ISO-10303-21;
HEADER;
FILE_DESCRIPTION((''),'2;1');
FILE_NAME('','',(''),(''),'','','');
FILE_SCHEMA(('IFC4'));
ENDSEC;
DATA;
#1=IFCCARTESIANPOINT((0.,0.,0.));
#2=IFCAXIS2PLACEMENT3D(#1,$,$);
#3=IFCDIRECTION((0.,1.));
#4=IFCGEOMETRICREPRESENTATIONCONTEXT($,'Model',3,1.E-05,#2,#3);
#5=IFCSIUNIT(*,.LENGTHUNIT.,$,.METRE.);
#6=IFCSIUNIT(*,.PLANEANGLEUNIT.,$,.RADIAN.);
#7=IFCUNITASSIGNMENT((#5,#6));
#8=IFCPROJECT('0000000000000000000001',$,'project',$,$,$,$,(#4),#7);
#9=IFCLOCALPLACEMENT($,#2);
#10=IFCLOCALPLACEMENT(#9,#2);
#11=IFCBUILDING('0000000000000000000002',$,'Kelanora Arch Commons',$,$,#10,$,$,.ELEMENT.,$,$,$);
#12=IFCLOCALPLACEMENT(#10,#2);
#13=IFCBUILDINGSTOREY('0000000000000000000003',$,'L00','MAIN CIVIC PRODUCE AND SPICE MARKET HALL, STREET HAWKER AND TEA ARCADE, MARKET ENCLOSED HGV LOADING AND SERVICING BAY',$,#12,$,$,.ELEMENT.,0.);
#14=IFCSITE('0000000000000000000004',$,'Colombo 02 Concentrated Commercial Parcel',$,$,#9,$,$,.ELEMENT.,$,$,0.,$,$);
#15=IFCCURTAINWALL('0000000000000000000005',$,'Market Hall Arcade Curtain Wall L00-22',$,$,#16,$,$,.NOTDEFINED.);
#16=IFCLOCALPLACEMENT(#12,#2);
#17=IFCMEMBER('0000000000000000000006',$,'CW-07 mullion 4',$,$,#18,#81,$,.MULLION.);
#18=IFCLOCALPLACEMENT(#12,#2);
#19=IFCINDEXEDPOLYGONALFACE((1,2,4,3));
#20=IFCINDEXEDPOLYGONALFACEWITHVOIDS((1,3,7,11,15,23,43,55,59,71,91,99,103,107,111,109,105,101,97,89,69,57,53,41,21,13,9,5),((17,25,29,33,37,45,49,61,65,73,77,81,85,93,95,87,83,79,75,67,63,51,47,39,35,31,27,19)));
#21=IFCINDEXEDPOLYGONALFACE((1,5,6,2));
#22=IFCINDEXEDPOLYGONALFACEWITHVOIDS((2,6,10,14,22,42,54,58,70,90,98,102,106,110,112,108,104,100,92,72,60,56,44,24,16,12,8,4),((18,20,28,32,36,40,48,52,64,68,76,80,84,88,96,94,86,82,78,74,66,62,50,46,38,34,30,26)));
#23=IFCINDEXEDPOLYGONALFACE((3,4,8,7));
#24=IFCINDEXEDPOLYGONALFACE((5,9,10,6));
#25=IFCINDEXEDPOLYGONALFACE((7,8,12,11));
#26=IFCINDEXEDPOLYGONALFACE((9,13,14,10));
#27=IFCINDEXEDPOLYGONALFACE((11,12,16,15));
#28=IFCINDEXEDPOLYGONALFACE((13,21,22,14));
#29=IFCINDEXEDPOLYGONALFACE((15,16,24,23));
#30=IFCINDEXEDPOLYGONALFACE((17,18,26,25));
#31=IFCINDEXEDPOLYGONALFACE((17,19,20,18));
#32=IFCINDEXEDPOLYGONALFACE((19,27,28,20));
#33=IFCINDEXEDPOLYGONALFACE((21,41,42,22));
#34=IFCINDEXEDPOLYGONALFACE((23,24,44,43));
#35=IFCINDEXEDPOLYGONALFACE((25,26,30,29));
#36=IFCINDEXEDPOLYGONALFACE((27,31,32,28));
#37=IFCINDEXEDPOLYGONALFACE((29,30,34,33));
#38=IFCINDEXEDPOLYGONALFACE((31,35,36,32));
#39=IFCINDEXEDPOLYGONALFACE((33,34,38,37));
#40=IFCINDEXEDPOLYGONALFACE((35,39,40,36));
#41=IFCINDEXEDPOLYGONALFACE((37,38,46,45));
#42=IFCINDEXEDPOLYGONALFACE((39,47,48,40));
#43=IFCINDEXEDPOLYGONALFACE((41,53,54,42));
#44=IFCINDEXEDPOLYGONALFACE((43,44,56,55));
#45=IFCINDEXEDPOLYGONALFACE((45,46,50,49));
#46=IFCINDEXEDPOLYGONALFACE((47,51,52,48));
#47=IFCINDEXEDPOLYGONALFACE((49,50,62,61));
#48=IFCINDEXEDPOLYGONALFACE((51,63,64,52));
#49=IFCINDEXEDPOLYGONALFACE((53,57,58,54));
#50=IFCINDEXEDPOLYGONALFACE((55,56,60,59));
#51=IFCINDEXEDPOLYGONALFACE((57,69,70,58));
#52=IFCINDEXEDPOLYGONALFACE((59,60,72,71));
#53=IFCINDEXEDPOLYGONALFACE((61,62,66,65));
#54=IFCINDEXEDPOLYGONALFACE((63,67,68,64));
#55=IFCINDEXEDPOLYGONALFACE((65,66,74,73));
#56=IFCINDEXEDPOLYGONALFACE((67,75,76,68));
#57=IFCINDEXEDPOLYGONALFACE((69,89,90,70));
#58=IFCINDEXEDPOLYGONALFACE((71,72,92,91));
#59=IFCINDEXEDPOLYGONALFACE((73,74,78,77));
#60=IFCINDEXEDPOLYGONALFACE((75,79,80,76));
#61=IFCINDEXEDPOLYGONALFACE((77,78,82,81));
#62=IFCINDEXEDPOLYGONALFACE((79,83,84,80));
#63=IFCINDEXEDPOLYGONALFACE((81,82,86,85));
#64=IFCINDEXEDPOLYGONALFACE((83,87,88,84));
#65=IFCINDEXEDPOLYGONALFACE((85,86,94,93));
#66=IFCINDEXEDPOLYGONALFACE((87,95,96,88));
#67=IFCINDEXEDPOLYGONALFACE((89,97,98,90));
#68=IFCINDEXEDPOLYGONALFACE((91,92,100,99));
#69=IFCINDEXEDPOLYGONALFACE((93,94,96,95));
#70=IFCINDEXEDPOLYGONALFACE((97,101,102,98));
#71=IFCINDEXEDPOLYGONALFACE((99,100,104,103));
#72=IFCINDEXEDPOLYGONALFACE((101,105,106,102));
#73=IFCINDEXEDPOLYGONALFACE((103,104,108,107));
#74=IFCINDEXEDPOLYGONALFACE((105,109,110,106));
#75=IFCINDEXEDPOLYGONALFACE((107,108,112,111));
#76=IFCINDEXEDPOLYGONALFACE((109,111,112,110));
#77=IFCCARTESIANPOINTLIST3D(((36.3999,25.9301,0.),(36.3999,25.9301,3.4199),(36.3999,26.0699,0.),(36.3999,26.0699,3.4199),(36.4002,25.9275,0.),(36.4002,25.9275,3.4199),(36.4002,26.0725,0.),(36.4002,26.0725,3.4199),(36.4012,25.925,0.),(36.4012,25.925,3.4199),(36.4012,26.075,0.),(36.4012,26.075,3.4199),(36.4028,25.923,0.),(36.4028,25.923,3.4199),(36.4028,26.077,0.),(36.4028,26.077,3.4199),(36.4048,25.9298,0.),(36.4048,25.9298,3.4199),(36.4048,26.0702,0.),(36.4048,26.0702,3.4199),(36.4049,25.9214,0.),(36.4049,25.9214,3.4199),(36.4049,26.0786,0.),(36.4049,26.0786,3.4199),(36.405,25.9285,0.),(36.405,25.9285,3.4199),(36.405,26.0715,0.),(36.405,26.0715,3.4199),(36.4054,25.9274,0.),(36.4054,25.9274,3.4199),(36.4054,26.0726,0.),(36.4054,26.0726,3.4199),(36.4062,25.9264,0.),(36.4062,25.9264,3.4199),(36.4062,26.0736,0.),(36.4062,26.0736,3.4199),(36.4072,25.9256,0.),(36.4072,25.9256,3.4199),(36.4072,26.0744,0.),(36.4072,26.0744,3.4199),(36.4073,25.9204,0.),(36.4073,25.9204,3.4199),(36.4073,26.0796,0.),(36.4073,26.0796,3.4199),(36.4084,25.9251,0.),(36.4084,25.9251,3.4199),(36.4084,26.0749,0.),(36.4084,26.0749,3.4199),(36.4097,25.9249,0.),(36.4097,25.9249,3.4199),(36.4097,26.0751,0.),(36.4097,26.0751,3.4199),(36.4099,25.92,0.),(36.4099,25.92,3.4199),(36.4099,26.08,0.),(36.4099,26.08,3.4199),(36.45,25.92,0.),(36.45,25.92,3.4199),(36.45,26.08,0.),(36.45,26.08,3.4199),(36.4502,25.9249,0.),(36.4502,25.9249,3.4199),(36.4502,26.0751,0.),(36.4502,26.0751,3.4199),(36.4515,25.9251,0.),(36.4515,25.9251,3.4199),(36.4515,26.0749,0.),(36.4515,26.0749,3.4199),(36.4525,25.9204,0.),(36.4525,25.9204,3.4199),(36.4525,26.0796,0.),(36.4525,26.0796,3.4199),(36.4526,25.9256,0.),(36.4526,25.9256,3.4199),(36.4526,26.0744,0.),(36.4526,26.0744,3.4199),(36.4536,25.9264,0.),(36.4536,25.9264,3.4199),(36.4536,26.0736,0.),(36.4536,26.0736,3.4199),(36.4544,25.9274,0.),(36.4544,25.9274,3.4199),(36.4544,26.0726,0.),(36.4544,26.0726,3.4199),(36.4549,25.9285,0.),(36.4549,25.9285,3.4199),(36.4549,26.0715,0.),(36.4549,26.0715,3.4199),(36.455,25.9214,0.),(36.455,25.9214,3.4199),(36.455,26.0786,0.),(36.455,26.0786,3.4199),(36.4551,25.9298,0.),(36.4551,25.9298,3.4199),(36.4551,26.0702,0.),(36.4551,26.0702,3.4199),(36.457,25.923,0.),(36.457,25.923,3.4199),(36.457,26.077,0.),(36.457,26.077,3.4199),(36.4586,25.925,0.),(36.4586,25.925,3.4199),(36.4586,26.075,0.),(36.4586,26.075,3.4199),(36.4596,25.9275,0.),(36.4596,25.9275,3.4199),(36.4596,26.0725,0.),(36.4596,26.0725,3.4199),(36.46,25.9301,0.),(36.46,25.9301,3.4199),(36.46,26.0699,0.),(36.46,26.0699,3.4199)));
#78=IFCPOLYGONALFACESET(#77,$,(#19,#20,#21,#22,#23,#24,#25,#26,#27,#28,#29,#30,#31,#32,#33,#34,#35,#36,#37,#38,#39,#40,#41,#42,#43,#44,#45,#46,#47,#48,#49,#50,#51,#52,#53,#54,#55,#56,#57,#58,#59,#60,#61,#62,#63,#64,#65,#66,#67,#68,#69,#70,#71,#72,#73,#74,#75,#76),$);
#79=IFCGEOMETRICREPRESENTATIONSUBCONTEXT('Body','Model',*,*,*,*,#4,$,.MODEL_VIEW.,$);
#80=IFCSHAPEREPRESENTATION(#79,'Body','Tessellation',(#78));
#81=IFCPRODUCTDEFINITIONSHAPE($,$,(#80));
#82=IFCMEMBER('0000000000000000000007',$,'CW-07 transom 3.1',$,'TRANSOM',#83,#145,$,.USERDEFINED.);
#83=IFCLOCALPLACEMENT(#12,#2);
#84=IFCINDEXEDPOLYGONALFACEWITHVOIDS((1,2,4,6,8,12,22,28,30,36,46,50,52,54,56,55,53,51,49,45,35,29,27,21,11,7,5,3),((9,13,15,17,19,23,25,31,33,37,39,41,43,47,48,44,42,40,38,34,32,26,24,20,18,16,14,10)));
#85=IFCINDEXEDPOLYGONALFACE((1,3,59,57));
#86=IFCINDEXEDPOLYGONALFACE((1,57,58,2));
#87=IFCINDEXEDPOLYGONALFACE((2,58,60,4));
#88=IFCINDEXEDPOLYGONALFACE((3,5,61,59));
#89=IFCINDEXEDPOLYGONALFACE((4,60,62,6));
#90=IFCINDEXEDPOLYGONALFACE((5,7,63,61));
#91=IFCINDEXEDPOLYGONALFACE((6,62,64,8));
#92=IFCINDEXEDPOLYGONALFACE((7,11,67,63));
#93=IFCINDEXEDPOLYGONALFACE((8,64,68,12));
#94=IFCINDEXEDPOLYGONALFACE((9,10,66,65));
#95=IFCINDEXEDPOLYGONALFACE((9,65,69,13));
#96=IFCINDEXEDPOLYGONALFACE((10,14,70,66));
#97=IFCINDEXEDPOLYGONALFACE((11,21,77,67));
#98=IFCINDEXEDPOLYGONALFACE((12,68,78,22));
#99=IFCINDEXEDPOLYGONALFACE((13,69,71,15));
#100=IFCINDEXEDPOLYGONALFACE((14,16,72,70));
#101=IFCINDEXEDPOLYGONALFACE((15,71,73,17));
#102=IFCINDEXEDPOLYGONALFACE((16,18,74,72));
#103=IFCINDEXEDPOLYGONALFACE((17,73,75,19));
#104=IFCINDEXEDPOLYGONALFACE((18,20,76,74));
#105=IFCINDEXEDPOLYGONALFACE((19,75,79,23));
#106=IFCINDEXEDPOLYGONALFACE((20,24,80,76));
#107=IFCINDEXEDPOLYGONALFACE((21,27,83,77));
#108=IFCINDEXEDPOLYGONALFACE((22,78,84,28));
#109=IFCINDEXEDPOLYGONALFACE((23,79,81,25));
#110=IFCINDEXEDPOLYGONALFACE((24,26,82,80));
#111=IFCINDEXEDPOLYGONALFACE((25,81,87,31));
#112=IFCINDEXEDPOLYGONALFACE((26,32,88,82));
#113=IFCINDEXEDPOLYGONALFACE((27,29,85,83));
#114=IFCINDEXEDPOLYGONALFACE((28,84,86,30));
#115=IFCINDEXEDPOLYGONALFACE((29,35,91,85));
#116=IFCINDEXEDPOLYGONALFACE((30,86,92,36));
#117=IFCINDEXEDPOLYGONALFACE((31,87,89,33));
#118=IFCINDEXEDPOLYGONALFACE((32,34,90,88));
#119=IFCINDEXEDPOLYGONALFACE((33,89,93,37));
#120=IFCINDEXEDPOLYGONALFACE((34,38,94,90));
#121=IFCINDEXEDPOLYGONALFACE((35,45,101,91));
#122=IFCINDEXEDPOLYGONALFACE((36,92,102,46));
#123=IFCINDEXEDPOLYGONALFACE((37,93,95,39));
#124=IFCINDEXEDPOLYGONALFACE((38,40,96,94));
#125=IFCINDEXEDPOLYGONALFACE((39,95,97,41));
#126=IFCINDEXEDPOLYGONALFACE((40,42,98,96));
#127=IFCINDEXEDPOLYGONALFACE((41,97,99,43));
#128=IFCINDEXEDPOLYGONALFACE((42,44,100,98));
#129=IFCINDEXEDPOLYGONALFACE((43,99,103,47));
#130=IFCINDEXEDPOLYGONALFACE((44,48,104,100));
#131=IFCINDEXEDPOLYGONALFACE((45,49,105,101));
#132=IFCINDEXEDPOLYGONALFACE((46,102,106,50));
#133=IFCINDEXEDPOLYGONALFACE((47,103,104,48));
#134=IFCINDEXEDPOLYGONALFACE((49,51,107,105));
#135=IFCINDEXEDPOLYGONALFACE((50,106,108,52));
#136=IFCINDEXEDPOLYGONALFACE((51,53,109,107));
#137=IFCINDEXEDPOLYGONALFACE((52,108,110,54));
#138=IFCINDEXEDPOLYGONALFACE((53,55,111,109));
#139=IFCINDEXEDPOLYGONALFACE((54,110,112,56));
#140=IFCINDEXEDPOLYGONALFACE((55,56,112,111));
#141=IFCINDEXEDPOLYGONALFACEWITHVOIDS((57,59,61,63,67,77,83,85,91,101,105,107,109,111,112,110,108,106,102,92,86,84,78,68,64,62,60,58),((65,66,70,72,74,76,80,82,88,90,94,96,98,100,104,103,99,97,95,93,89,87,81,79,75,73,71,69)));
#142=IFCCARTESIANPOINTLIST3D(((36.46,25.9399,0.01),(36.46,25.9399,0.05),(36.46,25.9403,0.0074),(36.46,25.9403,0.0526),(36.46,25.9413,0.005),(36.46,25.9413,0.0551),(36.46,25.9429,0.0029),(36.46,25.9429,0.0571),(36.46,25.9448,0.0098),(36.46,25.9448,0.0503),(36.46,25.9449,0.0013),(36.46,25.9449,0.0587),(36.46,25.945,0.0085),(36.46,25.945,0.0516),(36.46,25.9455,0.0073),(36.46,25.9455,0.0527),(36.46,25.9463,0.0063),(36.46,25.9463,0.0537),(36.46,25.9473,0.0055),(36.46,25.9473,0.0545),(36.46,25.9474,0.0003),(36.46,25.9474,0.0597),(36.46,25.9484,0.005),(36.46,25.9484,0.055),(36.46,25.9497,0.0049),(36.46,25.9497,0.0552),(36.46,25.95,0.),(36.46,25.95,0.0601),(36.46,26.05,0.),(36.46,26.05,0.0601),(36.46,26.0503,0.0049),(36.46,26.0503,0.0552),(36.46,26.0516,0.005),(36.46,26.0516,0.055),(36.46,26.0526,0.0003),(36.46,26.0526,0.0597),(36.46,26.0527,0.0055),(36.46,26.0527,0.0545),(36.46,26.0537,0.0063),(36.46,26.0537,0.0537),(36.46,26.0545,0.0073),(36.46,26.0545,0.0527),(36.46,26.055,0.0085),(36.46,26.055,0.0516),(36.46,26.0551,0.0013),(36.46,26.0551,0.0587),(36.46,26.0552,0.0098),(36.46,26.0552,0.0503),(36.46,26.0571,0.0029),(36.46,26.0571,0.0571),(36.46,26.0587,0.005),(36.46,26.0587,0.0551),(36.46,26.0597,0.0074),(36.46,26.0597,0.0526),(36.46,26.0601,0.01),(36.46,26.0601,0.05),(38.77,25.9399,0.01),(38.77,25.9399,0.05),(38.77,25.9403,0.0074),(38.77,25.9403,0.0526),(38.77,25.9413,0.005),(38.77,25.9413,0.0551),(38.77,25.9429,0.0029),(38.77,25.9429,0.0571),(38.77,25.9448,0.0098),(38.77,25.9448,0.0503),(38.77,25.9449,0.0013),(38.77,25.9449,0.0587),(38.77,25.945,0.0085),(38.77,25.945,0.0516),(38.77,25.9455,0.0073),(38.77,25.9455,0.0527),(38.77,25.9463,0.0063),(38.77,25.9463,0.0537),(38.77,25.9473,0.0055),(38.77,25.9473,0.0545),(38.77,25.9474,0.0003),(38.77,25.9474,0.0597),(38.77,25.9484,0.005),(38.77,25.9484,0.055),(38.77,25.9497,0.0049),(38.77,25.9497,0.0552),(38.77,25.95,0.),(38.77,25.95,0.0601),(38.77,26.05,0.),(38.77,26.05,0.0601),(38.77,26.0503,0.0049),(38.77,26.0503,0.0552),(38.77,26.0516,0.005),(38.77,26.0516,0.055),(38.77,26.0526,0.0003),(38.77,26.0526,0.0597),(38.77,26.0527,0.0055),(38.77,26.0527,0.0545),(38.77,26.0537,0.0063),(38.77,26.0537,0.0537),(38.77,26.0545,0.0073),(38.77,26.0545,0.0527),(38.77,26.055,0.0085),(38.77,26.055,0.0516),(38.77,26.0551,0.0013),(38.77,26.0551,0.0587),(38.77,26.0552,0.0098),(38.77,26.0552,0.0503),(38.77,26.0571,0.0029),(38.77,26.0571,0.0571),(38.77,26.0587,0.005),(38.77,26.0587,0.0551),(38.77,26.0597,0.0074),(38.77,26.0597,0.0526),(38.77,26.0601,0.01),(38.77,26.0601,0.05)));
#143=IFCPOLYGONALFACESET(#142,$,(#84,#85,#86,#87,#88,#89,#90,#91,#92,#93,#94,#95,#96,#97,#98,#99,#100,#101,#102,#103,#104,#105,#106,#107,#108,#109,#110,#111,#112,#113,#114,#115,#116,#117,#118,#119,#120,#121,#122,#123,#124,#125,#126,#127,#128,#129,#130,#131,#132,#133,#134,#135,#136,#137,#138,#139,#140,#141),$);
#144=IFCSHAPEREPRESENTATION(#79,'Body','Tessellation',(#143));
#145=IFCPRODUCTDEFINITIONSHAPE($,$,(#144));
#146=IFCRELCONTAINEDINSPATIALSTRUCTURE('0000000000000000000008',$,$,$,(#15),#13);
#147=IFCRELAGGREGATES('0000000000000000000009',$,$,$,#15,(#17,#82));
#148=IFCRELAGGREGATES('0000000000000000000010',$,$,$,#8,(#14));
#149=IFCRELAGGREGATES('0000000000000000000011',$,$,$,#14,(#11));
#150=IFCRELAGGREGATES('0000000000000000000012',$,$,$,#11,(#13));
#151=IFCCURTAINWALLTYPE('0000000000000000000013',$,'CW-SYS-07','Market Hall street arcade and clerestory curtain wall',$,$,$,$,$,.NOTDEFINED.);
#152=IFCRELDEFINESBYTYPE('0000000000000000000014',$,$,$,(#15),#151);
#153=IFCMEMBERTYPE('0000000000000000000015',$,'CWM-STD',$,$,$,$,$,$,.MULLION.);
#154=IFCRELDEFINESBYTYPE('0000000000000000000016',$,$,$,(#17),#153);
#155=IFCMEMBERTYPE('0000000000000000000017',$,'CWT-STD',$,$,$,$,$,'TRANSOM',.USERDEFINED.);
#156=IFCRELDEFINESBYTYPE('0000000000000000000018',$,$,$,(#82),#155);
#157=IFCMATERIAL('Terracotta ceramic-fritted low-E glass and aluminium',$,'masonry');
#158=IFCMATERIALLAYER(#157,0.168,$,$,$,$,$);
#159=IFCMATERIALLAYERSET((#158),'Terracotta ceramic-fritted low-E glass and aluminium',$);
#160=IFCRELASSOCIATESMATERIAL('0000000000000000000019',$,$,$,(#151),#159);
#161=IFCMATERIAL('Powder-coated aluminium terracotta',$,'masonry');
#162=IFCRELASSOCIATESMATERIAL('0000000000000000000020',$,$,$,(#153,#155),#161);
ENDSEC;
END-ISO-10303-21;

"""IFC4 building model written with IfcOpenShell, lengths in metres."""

from ifc_helpers import new_model, si_unit, direction, frame, origin, origin_2d, place, context, subcontext, project, spatial, hollow_rectangle, extrude, material, layer, layer_set, material_profile, profile_set, type_object, element, aggregate, save


model = new_model("IFC4")

# Units and contexts
model_context = context("Model", 3, precision=1e-05, world=origin(), true_north=direction((0.0, 1.0)))
body_context = subcontext(model_context, "Body", "Model", "MODEL_VIEW")
ifc_project = project(units=[si_unit("LENGTHUNIT", "METRE"), si_unit("PLANEANGLEUNIT", "RADIAN")], contexts=[model_context])

# Site, building, storey
site_placement = place(None, origin())
site = spatial("IfcSite", under=ifc_project, at=site_placement, Name="Colombo 02 Concentrated Commercial Parcel", CompositionType="ELEMENT", RefElevation=0.0)
building_placement = place(site_placement, origin())
building = spatial("IfcBuilding", under=site, at=building_placement, Name="Kelanora Arch Commons", CompositionType="ELEMENT")
storey_placement = place(building_placement, origin())
storey = spatial("IfcBuildingStorey", under=building, at=storey_placement, Name="L00", Description="MAIN CIVIC PRODUCE AND SPICE MARKET HALL, STREET HAWKER AND TEA ARCADE, MARKET ENCLOSED HGV LOADING AND SERVICING BAY", CompositionType="ELEMENT", Elevation=0.0)

# Curtain wall, members
ifc_material_1 = material(Name="Terracotta ceramic-fritted low-E glass and aluminium", Category="masonry")
ifc_layer_1 = layer(ifc_material_1, 0.168)
ifc_layer_set_1 = layer_set([ifc_layer_1], Name="Terracotta ceramic-fritted low-E glass and aluminium")
curtain_wall_type = type_object("IfcCurtainWallType", Name="CW-SYS-07", Description="Market Hall street arcade and clerestory curtain wall", PredefinedType="NOTDEFINED", material=ifc_layer_set_1)
curtain_wall_placement = place(storey_placement, origin())
curtain_wall = element("IfcCurtainWall", 1, at=curtain_wall_placement, inside=storey, type_object=curtain_wall_type, Name="Market Hall Arcade Curtain Wall L00-22", PredefinedType="NOTDEFINED")
ifc_material_2 = material(Name="Powder-coated aluminium terracotta", Category="masonry")
ifc_material_profile_1 = material_profile(ifc_material_2, hollow_rectangle(XDim=0.1599, YDim=0.0601, WallThickness=0.0049, InnerFilletRadius=0.0049, OuterFilletRadius=0.01, at=origin_2d()), Name="CWM160x60")
ifc_profile_set_1 = profile_set([ifc_material_profile_1], Name="Powder-coated aluminium terracotta")
member_type_1 = type_object("IfcMemberType", Name="CWM-STD", PredefinedType="MULLION", material=ifc_profile_set_1)
member_1_placement = place(storey_placement, frame((36.4299, 26.0, 0.0), z_axis=(0.0, 0.0, 1.0), x_axis=(0.0, -1.0, 0.0)))
member_1 = element("IfcMember", 2, at=member_1_placement, type_object=member_type_1, Name="CW-07 mullion 4", PredefinedType="MULLION", context=body_context, shape_type="SweptSolid", body=[
    extrude(hollow_rectangle(XDim=0.1599, YDim=0.0601, WallThickness=0.0049, InnerFilletRadius=0.0049, OuterFilletRadius=0.01, at=origin_2d()), origin(), (0.0, 0.0, 1.0), 3.4199),
])
ifc_material_profile_2 = material_profile(ifc_material_2, hollow_rectangle(XDim=0.1201, YDim=0.0601, WallThickness=0.0049, InnerFilletRadius=0.0049, OuterFilletRadius=0.01, at=origin_2d()), Name="CWT120x60")
ifc_profile_set_2 = profile_set([ifc_material_profile_2], Name="Powder-coated aluminium terracotta")
member_type_2 = type_object("IfcMemberType", Name="CWT-STD", ElementType="TRANSOM", PredefinedType="USERDEFINED", material=ifc_profile_set_2)
member_2_placement = place(storey_placement, frame((38.77, 26.0, 0.03), z_axis=(-1.0, 0.0, 0.0), x_axis=(0.0, -1.0, 0.0)))
member_2 = element("IfcMember", 3, at=member_2_placement, type_object=member_type_2, Name="CW-07 transom 3.1", ObjectType="TRANSOM", PredefinedType="USERDEFINED", context=body_context, shape_type="SweptSolid", body=[
    extrude(hollow_rectangle(XDim=0.1201, YDim=0.0601, WallThickness=0.0049, InnerFilletRadius=0.0049, OuterFilletRadius=0.01, at=origin_2d()), origin(), (0.0, 0.0, 1.0), 2.3101),
])
aggregate(curtain_wall, [member_1, member_2])

save(model, "model.ifc")
